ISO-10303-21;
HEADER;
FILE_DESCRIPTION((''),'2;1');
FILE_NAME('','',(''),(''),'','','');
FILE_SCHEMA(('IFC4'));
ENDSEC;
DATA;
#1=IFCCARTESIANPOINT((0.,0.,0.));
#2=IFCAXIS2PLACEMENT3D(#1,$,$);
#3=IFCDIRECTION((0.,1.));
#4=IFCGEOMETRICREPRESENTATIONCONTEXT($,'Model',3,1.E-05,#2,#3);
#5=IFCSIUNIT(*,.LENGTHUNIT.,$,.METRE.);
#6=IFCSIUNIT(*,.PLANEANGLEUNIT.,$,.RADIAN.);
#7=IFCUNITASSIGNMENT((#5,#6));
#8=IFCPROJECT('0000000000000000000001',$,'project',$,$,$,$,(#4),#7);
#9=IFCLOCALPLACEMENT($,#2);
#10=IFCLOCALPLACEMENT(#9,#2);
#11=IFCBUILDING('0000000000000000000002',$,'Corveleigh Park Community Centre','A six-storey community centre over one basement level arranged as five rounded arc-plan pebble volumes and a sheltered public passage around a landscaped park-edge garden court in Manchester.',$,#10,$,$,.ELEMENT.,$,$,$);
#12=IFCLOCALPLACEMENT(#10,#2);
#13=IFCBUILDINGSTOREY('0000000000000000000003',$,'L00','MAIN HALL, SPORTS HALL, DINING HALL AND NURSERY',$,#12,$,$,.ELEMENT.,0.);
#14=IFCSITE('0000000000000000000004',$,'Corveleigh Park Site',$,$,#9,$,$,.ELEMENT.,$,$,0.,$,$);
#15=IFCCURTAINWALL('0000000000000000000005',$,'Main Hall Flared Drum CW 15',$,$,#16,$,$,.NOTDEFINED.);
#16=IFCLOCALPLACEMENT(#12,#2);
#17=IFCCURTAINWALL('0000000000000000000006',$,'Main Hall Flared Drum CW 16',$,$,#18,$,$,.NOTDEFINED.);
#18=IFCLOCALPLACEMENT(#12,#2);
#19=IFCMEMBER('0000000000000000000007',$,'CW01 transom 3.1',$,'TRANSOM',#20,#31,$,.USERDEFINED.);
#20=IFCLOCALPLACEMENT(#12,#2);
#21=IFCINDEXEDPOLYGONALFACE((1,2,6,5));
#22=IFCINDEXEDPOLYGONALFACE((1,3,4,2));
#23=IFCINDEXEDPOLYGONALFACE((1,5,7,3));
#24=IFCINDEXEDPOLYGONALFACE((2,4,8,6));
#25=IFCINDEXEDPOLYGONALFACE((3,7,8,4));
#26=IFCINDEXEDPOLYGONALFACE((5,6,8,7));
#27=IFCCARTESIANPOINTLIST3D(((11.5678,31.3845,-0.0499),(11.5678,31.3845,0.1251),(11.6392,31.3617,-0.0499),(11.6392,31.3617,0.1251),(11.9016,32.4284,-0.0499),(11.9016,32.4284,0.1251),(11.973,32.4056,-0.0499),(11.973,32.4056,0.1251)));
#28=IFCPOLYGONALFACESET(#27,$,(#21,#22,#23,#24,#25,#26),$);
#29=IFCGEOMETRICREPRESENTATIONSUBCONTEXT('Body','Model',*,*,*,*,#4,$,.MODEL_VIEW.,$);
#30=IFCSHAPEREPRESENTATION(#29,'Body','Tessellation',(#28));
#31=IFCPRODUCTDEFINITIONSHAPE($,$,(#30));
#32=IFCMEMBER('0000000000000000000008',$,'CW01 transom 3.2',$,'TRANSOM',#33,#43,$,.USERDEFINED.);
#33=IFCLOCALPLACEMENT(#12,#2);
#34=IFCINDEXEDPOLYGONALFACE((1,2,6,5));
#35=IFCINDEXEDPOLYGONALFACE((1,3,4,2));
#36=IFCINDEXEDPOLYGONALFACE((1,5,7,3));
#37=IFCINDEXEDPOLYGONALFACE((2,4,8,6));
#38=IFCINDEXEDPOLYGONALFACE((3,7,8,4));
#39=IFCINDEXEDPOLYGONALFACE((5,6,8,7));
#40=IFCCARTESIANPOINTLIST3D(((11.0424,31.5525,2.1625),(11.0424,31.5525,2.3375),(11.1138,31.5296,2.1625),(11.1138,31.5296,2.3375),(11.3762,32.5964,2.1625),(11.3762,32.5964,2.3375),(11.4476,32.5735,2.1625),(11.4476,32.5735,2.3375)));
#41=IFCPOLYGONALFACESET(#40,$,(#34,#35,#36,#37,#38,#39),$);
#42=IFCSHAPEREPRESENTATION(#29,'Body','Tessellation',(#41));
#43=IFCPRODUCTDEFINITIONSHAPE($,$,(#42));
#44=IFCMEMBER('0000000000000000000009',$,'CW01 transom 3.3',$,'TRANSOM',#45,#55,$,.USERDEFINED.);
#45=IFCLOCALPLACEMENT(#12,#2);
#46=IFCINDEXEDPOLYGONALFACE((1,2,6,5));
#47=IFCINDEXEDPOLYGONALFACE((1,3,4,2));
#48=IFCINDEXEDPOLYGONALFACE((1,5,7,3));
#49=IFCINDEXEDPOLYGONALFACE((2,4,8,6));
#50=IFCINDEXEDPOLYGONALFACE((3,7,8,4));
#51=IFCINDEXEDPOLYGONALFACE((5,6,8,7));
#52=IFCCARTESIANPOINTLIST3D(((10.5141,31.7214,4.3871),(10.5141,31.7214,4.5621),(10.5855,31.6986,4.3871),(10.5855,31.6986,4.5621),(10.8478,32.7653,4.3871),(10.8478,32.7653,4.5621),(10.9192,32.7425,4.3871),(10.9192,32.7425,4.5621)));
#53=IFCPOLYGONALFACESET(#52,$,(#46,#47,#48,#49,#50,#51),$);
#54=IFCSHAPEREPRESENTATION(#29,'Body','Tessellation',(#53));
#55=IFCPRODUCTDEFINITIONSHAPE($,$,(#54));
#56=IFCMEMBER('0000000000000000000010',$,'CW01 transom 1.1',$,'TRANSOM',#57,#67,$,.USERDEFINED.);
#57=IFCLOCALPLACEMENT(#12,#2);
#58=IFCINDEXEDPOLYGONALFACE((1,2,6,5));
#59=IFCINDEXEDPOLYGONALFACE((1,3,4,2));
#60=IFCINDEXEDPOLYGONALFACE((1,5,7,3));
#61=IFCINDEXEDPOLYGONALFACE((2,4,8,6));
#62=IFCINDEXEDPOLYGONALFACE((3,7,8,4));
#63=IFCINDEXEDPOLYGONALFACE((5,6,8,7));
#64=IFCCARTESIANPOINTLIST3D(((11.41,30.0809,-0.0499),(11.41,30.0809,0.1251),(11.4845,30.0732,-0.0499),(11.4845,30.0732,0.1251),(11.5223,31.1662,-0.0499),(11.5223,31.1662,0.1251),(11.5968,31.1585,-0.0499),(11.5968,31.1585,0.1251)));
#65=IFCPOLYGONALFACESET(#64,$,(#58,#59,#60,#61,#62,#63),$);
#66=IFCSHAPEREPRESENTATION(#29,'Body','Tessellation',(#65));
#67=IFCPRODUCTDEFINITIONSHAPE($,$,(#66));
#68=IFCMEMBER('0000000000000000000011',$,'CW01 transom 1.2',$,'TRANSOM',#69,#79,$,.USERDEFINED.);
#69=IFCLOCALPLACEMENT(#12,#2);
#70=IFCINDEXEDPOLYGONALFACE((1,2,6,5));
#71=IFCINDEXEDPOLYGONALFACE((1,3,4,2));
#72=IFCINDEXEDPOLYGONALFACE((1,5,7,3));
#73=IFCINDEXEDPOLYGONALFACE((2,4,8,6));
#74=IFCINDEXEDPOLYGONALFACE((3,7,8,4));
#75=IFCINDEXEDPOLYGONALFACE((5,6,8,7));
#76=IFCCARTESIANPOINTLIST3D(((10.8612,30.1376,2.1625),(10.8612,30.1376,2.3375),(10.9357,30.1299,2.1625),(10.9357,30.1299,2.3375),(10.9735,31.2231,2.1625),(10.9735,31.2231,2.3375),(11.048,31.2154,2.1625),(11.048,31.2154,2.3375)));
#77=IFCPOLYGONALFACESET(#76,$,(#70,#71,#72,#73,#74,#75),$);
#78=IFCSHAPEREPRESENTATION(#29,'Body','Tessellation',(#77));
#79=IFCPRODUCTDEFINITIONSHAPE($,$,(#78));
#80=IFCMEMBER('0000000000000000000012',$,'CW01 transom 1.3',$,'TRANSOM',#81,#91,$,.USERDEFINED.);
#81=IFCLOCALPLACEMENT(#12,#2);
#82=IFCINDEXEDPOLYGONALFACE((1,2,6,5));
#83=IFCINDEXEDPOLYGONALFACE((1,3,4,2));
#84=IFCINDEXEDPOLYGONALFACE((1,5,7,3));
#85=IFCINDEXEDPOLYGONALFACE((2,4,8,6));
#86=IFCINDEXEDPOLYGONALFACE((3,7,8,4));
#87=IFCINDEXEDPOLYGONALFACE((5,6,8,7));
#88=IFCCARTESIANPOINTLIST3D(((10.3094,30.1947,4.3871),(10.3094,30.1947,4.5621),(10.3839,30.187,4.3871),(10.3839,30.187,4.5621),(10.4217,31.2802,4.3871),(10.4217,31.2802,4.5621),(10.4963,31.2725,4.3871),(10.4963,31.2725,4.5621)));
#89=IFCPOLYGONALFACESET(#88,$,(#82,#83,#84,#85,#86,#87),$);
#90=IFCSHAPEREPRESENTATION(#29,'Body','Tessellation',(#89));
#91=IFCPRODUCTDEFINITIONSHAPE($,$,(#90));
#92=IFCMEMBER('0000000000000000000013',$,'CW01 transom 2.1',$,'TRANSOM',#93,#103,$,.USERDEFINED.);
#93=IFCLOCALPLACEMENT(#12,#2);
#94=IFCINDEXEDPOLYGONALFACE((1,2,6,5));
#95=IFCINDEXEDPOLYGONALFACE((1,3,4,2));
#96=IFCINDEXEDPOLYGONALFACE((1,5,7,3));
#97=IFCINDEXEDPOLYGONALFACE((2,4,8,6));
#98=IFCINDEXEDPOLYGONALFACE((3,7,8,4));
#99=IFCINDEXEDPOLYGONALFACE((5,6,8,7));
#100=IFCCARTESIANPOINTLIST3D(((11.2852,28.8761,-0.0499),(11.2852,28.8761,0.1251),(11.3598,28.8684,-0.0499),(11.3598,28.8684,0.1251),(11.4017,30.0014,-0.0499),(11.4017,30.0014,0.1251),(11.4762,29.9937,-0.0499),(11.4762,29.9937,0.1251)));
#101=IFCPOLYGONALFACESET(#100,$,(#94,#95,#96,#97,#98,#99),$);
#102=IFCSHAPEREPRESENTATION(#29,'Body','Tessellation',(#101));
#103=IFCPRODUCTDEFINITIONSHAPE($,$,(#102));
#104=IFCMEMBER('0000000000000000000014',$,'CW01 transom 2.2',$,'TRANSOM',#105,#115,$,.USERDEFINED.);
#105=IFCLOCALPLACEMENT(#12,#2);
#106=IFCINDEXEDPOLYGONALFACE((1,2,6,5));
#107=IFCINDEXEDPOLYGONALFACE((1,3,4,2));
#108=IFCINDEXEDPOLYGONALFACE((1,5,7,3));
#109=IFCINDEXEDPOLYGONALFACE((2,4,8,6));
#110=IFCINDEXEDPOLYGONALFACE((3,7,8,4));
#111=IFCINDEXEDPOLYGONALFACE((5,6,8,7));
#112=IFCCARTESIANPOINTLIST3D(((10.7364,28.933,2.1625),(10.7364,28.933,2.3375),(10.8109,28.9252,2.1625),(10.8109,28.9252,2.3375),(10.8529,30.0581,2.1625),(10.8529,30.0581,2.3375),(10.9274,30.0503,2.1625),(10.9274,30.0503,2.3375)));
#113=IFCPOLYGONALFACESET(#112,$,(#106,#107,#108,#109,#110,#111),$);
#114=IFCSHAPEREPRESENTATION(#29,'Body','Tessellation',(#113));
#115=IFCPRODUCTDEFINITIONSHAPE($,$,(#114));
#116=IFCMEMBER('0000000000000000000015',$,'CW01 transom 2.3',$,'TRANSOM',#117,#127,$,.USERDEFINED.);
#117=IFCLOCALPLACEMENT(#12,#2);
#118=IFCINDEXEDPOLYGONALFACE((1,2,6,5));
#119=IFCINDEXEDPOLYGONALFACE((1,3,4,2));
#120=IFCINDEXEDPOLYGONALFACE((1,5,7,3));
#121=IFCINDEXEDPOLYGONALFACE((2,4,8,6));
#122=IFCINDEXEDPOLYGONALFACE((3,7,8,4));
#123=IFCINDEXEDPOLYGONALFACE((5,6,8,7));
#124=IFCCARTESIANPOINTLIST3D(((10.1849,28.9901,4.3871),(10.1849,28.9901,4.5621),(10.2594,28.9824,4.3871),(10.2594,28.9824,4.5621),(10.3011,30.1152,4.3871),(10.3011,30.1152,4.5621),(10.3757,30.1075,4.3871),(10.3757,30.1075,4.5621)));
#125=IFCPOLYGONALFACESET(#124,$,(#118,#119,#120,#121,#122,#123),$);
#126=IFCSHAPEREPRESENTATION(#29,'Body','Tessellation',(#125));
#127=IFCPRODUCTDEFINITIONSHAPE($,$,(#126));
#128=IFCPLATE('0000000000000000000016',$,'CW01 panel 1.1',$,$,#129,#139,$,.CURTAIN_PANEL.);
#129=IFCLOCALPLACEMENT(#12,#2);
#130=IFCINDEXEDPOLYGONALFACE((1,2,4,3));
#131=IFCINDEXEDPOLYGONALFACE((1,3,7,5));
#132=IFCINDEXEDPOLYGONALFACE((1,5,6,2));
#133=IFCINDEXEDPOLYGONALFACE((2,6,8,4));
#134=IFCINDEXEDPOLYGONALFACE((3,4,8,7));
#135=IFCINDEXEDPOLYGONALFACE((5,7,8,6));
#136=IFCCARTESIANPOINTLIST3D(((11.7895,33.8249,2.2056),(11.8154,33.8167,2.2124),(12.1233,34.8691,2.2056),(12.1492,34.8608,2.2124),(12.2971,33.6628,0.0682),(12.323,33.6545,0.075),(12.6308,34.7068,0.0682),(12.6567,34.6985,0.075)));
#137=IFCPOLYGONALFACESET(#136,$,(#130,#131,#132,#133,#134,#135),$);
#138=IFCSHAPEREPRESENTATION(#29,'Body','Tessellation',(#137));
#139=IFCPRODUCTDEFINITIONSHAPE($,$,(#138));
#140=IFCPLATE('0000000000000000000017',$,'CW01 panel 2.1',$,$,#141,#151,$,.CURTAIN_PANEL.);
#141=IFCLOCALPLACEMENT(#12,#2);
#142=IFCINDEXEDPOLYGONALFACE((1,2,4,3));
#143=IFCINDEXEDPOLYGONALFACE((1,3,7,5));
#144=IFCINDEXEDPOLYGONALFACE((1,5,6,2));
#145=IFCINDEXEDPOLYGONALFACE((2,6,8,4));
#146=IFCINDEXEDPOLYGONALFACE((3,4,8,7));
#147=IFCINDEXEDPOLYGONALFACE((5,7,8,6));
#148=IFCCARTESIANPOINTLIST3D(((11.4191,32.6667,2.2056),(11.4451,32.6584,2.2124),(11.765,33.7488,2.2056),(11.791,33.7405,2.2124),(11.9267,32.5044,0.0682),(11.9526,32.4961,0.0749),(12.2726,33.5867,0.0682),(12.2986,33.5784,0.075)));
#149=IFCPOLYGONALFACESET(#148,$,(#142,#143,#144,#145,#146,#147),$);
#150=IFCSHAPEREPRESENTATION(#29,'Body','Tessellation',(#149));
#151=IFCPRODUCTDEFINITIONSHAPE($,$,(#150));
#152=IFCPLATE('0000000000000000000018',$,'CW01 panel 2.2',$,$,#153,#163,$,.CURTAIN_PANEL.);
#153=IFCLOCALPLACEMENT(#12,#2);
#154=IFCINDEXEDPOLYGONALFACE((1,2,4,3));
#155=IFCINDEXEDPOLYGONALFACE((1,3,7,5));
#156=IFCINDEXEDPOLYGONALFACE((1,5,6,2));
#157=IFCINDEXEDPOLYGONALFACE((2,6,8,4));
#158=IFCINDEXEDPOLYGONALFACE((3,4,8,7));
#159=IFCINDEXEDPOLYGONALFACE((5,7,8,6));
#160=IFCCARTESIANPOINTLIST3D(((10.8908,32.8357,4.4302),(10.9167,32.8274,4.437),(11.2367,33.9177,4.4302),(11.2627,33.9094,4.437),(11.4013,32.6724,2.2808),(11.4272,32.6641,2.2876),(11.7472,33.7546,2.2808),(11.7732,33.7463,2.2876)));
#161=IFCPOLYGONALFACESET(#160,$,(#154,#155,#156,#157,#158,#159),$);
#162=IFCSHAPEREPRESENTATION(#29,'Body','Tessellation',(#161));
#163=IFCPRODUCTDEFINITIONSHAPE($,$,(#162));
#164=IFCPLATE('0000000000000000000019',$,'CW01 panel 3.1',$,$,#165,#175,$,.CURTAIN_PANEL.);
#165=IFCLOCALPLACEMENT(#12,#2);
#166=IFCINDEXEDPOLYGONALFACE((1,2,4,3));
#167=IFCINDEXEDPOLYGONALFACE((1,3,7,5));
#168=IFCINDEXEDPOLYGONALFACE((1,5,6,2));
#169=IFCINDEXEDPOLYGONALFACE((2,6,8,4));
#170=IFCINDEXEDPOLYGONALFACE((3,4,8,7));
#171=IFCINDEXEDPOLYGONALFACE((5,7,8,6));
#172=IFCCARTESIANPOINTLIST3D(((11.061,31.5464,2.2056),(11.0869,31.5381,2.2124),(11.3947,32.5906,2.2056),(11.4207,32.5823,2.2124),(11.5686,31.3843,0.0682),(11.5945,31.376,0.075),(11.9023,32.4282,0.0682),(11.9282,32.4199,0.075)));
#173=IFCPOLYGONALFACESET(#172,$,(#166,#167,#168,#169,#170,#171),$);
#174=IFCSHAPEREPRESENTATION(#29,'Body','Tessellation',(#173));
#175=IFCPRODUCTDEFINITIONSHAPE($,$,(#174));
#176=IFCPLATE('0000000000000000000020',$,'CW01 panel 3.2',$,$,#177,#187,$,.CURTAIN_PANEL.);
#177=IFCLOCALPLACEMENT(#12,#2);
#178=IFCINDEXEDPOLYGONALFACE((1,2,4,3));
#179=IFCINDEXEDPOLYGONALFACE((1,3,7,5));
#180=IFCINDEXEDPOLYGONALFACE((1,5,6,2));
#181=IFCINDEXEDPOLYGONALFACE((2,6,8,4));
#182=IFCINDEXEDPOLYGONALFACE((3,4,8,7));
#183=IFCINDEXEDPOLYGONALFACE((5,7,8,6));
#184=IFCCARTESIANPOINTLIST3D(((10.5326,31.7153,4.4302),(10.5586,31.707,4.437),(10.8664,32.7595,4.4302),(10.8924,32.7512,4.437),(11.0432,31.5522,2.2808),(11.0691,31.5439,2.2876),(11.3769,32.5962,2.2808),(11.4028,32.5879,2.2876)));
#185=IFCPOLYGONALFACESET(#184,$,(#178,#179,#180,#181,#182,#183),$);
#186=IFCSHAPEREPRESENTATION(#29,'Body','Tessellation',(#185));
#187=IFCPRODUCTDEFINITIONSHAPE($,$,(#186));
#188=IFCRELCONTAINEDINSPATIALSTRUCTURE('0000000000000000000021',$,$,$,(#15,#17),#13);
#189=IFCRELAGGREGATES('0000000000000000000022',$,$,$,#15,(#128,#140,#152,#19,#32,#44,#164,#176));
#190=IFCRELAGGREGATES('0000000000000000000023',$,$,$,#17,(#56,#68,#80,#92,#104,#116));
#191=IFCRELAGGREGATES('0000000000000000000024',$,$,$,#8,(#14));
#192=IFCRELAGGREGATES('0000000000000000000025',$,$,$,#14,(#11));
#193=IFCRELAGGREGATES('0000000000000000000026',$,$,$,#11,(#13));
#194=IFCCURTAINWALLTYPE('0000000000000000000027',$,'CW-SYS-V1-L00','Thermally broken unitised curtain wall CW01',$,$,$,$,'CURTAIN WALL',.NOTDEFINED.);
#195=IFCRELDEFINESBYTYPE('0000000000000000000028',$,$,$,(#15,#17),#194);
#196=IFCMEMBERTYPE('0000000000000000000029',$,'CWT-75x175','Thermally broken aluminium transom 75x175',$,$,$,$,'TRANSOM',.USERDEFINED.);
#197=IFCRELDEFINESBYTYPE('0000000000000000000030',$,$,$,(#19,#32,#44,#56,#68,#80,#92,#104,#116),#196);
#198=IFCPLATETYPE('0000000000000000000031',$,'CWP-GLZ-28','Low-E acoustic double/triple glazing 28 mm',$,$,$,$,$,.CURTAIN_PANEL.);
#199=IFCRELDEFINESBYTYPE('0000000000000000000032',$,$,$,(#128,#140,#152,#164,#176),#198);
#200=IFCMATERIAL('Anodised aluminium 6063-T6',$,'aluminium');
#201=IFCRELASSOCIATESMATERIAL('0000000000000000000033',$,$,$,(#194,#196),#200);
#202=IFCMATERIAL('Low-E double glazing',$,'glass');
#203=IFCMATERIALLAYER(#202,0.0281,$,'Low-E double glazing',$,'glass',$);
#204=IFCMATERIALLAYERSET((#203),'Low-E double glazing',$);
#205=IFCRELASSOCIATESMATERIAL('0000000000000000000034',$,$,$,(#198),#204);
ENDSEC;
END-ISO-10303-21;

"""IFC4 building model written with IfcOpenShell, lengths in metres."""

from ifc_helpers import new_model, si_unit, direction, frame, origin, origin_2d, place, context, subcontext, project, spatial, polyline, rectangle, outline, extrude, material, layer, layer_set, material_profile, profile_set, type_object, element, aggregate, save


model = new_model("IFC4")

# Units and contexts
model_context = context("Model", 3, precision=1e-05, world=origin(), true_north=direction((0.0, 1.0)))
body_context = subcontext(model_context, "Body", "Model", "MODEL_VIEW")
ifc_project = project(units=[si_unit("LENGTHUNIT", "METRE"), si_unit("PLANEANGLEUNIT", "RADIAN")], contexts=[model_context])

# Site, building, storey
site_placement = place(None, origin())
site = spatial("IfcSite", under=ifc_project, at=site_placement, Name="Corveleigh Park Site", CompositionType="ELEMENT", RefElevation=0.0)
building_placement = place(site_placement, origin())
building = spatial("IfcBuilding", under=site, at=building_placement, Name="Corveleigh Park Community Centre", Description="A six-storey community centre over one basement level arranged as five rounded arc-plan pebble volumes and a sheltered public passage around a landscaped park-edge garden court in Manchester.", CompositionType="ELEMENT")
storey_placement = place(building_placement, origin())
storey = spatial("IfcBuildingStorey", under=building, at=storey_placement, Name="L00", Description="MAIN HALL, SPORTS HALL, DINING HALL AND NURSERY", CompositionType="ELEMENT", Elevation=0.0)

# Shared definitions
ifc_material_1 = material(Name="Anodised aluminium 6063-T6", Category="aluminium")
curtain_wall_type = type_object("IfcCurtainWallType", Name="CW-SYS-V1-L00", Description="Thermally broken unitised curtain wall CW01", ElementType="CURTAIN WALL", PredefinedType="NOTDEFINED", material=ifc_material_1)

# Curtain walls
curtain_wall_1_placement = place(storey_placement, origin())
curtain_wall_1 = element("IfcCurtainWall", 1, at=curtain_wall_1_placement, inside=storey, type_object=curtain_wall_type, Name="Main Hall Flared Drum CW 15", PredefinedType="NOTDEFINED")
curtain_wall_2_placement = place(storey_placement, origin())
curtain_wall_2 = element("IfcCurtainWall", 2, at=curtain_wall_2_placement, inside=storey, type_object=curtain_wall_type, Name="Main Hall Flared Drum CW 16", PredefinedType="NOTDEFINED")

# Members
ifc_material_profile_1 = material_profile(ifc_material_1, rectangle(XDim=0.075, YDim=0.175, at=origin_2d()), Name="ALU-T75x175", Category="aluminium")
ifc_profile_set_1 = profile_set([ifc_material_profile_1], Name="Anodised aluminium 6063-T6")
member_type_1 = type_object("IfcMemberType", Name="CWT-75x175", Description="Thermally broken aluminium transom 75x175", ElementType="TRANSOM", PredefinedType="USERDEFINED", material=ifc_profile_set_1)
member_1_placement = place(storey_placement, frame((11.9373, 32.417, 0.0376), z_axis=(-0.304509, -0.952509, 0.0), x_axis=(0.952509, -0.304509, 0.0)))
member_1 = element("IfcMember", 3, at=member_1_placement, type_object=member_type_1, Name="CW01 transom 3.1", ObjectType="TRANSOM", PredefinedType="USERDEFINED", context=body_context, shape_type="SweptSolid", body=[
    extrude(rectangle(XDim=0.075, YDim=0.175, at=origin_2d()), origin(), (0.0, 0.0, 1.0), 1.0959),
])
member_2_placement = place(storey_placement, frame((11.4119, 32.585, 2.25), z_axis=(-0.304509, -0.952509, 0.0), x_axis=(0.952509, -0.304509, 0.0)))
member_2 = element("IfcMember", 4, at=member_2_placement, type_object=member_type_1, Name="CW01 transom 3.2", ObjectType="TRANSOM", PredefinedType="USERDEFINED", context=body_context, shape_type="SweptSolid", body=[
    extrude(rectangle(XDim=0.075, YDim=0.175, at=origin_2d()), origin(), (0.0, 0.0, 1.0), 1.0959),
])
member_3_placement = place(storey_placement, frame((10.8835, 32.7539, 4.4746), z_axis=(-0.304509, -0.952509, 0.0), x_axis=(0.952509, -0.304509, 0.0)))
member_3 = element("IfcMember", 5, at=member_3_placement, type_object=member_type_1, Name="CW01 transom 3.3", ObjectType="TRANSOM", PredefinedType="USERDEFINED", context=body_context, shape_type="SweptSolid", body=[
    extrude(rectangle(XDim=0.075, YDim=0.175, at=origin_2d()), origin(), (0.0, 0.0, 1.0), 1.0959),
])
member_4_placement = place(storey_placement, frame((11.5596, 31.1624, 0.0376), z_axis=(-0.102937, -0.994688, 0.0), x_axis=(0.994688, -0.102937, 0.0)))
member_4 = element("IfcMember", 6, at=member_4_placement, type_object=member_type_1, Name="CW01 transom 1.1", ObjectType="TRANSOM", PredefinedType="USERDEFINED", context=body_context, shape_type="SweptSolid", body=[
    extrude(rectangle(XDim=0.075, YDim=0.175, at=origin_2d()), origin(), (0.0, 0.0, 1.0), 1.0911),
])
member_5_placement = place(storey_placement, frame((11.0107, 31.2192, 2.25), z_axis=(-0.102914, -0.99469, 0.0), x_axis=(0.99469, -0.102914, 0.0)))
member_5 = element("IfcMember", 7, at=member_5_placement, type_object=member_type_1, Name="CW01 transom 1.2", ObjectType="TRANSOM", PredefinedType="USERDEFINED", context=body_context, shape_type="SweptSolid", body=[
    extrude(rectangle(XDim=0.075, YDim=0.175, at=origin_2d()), origin(), (0.0, 0.0, 1.0), 1.0913),
])
member_6_placement = place(storey_placement, frame((10.459, 31.2764, 4.4746), z_axis=(-0.102914, -0.99469, 0.0), x_axis=(0.99469, -0.102914, 0.0)))
member_6 = element("IfcMember", 8, at=member_6_placement, type_object=member_type_1, Name="CW01 transom 1.3", ObjectType="TRANSOM", PredefinedType="USERDEFINED", context=body_context, shape_type="SweptSolid", body=[
    extrude(rectangle(XDim=0.075, YDim=0.175, at=origin_2d()), origin(), (0.0, 0.0, 1.0), 1.0913),
])
member_7_placement = place(storey_placement, frame((11.439, 29.9976, 0.0376), z_axis=(-0.102943, -0.994687, 0.0), x_axis=(0.994687, -0.102943, 0.0)))
member_7 = element("IfcMember", 9, at=member_7_placement, type_object=member_type_1, Name="CW01 transom 2.1", ObjectType="TRANSOM", PredefinedType="USERDEFINED", context=body_context, shape_type="SweptSolid", body=[
    extrude(rectangle(XDim=0.075, YDim=0.175, at=origin_2d()), origin(), (0.0, 0.0, 1.0), 1.1313),
])
member_8_placement = place(storey_placement, frame((10.8901, 30.0542, 2.25), z_axis=(-0.102965, -0.994685, 0.0), x_axis=(0.994685, -0.102965, 0.0)))
member_8 = element("IfcMember", 10, at=member_8_placement, type_object=member_type_1, Name="CW01 transom 2.2", ObjectType="TRANSOM", PredefinedType="USERDEFINED", context=body_context, shape_type="SweptSolid", body=[
    extrude(rectangle(XDim=0.075, YDim=0.175, at=origin_2d()), origin(), (0.0, 0.0, 1.0), 1.1311),
])
member_9_placement = place(storey_placement, frame((10.3384, 30.1113, 4.4746), z_axis=(-0.102752, -0.994707, 0.0), x_axis=(0.994707, -0.102752, 0.0)))
member_9 = element("IfcMember", 11, at=member_9_placement, type_object=member_type_1, Name="CW01 transom 2.3", ObjectType="TRANSOM", PredefinedType="USERDEFINED", context=body_context, shape_type="SweptSolid", body=[
    extrude(rectangle(XDim=0.075, YDim=0.175, at=origin_2d()), origin(), (0.0, 0.0, 1.0), 1.1311),
])

# Plates
ifc_material_2 = material(Name="Low-E double glazing", Category="glass")
ifc_layer = layer(ifc_material_2, 0.0281, Name="Low-E double glazing", Category="glass")
ifc_layer_set = layer_set([ifc_layer], Name="Low-E double glazing")
plate_type = type_object("IfcPlateType", Name="CWP-GLZ-28", Description="Low-E acoustic double/triple glazing 28 mm", PredefinedType="CURTAIN_PANEL", material=ifc_layer_set)
plate_1_placement = place(storey_placement, frame((12.6567, 34.6985, 0.075), z_axis=(0.924232, -0.295434, 0.241895), x_axis=(-0.304479, -0.952519, 0.000008)))
plate_1 = element("IfcPlate", 12, at=plate_1_placement, type_object=plate_type, Name="CW01 panel 1.1", PredefinedType="CURTAIN_PANEL", context=body_context, shape_type="SweptSolid", body=[
    extrude(outline(polyline([(0.0, 0.0), (1.096, 0.0), (1.0961, -2.2029), (-0.0001, -2.2029), (0.0, 0.0)])), origin(), (0.0, 0.0, -1.0), 0.0281),
])
plate_2_placement = place(storey_placement, frame((12.2986, 33.5784, 0.075), z_axis=(0.924224, -0.29546, 0.241895), x_axis=(-0.304501, -0.952512, -0.000008)))
plate_2 = element("IfcPlate", 13, at=plate_2_placement, type_object=plate_type, Name="CW01 panel 2.1", PredefinedType="CURTAIN_PANEL", context=body_context, shape_type="SweptSolid", body=[
    extrude(outline(polyline([(0.0, 0.0), (1.1362, 0.0), (1.1361, -2.2029), (0.0001, -2.2029), (0.0, 0.0)])), origin(), (0.0, 0.0, -1.0), 0.0281),
])
plate_3_placement = place(storey_placement, frame((11.7732, 33.7463, 2.2876), z_axis=(0.924213, -0.295456, 0.24194), x_axis=(-0.304501, -0.952512, -0.000008)))
plate_3 = element("IfcPlate", 14, at=plate_3_placement, type_object=plate_type, Name="CW01 panel 2.2", PredefinedType="CURTAIN_PANEL", context=body_context, shape_type="SweptSolid", body=[
    extrude(outline(polyline([(0.0, 0.0), (1.1362, 0.0), (1.1361, -2.2152), (0.0001, -2.2152), (0.0, 0.0)])), origin(), (0.0, 0.0, -1.0), 0.0281),
])
plate_4_placement = place(storey_placement, frame((11.9282, 32.4199, 0.075), z_axis=(0.924232, -0.295434, 0.241895), x_axis=(-0.304479, -0.952519, 0.000008)))
plate_4 = element("IfcPlate", 15, at=plate_4_placement, type_object=plate_type, Name="CW01 panel 3.1", PredefinedType="CURTAIN_PANEL", context=body_context, shape_type="SweptSolid", body=[
    extrude(outline(polyline([(0.0, 0.0), (1.096, 0.0), (1.0961, -2.2029), (-0.0001, -2.2029), (0.0, 0.0)])), origin(), (0.0, 0.0, -1.0), 0.0281),
])
plate_5_placement = place(storey_placement, frame((11.4028, 32.5879, 2.2876), z_axis=(0.924221, -0.295431, 0.24194), x_axis=(-0.304479, -0.952519, 0.000008)))
plate_5 = element("IfcPlate", 16, at=plate_5_placement, type_object=plate_type, Name="CW01 panel 3.2", PredefinedType="CURTAIN_PANEL", context=body_context, shape_type="SweptSolid", body=[
    extrude(outline(polyline([(0.0, 0.0), (1.096, 0.0), (1.0961, -2.2152), (-0.0001, -2.2152), (0.0, 0.0)])), origin(), (0.0, 0.0, -1.0), 0.0281),
])
aggregate(curtain_wall_1, [plate_1, plate_2, plate_3, member_1, member_2, member_3, plate_4, plate_5])
aggregate(curtain_wall_2, [member_4, member_5, member_6, member_7, member_8, member_9])

save(model, "model.ifc")
